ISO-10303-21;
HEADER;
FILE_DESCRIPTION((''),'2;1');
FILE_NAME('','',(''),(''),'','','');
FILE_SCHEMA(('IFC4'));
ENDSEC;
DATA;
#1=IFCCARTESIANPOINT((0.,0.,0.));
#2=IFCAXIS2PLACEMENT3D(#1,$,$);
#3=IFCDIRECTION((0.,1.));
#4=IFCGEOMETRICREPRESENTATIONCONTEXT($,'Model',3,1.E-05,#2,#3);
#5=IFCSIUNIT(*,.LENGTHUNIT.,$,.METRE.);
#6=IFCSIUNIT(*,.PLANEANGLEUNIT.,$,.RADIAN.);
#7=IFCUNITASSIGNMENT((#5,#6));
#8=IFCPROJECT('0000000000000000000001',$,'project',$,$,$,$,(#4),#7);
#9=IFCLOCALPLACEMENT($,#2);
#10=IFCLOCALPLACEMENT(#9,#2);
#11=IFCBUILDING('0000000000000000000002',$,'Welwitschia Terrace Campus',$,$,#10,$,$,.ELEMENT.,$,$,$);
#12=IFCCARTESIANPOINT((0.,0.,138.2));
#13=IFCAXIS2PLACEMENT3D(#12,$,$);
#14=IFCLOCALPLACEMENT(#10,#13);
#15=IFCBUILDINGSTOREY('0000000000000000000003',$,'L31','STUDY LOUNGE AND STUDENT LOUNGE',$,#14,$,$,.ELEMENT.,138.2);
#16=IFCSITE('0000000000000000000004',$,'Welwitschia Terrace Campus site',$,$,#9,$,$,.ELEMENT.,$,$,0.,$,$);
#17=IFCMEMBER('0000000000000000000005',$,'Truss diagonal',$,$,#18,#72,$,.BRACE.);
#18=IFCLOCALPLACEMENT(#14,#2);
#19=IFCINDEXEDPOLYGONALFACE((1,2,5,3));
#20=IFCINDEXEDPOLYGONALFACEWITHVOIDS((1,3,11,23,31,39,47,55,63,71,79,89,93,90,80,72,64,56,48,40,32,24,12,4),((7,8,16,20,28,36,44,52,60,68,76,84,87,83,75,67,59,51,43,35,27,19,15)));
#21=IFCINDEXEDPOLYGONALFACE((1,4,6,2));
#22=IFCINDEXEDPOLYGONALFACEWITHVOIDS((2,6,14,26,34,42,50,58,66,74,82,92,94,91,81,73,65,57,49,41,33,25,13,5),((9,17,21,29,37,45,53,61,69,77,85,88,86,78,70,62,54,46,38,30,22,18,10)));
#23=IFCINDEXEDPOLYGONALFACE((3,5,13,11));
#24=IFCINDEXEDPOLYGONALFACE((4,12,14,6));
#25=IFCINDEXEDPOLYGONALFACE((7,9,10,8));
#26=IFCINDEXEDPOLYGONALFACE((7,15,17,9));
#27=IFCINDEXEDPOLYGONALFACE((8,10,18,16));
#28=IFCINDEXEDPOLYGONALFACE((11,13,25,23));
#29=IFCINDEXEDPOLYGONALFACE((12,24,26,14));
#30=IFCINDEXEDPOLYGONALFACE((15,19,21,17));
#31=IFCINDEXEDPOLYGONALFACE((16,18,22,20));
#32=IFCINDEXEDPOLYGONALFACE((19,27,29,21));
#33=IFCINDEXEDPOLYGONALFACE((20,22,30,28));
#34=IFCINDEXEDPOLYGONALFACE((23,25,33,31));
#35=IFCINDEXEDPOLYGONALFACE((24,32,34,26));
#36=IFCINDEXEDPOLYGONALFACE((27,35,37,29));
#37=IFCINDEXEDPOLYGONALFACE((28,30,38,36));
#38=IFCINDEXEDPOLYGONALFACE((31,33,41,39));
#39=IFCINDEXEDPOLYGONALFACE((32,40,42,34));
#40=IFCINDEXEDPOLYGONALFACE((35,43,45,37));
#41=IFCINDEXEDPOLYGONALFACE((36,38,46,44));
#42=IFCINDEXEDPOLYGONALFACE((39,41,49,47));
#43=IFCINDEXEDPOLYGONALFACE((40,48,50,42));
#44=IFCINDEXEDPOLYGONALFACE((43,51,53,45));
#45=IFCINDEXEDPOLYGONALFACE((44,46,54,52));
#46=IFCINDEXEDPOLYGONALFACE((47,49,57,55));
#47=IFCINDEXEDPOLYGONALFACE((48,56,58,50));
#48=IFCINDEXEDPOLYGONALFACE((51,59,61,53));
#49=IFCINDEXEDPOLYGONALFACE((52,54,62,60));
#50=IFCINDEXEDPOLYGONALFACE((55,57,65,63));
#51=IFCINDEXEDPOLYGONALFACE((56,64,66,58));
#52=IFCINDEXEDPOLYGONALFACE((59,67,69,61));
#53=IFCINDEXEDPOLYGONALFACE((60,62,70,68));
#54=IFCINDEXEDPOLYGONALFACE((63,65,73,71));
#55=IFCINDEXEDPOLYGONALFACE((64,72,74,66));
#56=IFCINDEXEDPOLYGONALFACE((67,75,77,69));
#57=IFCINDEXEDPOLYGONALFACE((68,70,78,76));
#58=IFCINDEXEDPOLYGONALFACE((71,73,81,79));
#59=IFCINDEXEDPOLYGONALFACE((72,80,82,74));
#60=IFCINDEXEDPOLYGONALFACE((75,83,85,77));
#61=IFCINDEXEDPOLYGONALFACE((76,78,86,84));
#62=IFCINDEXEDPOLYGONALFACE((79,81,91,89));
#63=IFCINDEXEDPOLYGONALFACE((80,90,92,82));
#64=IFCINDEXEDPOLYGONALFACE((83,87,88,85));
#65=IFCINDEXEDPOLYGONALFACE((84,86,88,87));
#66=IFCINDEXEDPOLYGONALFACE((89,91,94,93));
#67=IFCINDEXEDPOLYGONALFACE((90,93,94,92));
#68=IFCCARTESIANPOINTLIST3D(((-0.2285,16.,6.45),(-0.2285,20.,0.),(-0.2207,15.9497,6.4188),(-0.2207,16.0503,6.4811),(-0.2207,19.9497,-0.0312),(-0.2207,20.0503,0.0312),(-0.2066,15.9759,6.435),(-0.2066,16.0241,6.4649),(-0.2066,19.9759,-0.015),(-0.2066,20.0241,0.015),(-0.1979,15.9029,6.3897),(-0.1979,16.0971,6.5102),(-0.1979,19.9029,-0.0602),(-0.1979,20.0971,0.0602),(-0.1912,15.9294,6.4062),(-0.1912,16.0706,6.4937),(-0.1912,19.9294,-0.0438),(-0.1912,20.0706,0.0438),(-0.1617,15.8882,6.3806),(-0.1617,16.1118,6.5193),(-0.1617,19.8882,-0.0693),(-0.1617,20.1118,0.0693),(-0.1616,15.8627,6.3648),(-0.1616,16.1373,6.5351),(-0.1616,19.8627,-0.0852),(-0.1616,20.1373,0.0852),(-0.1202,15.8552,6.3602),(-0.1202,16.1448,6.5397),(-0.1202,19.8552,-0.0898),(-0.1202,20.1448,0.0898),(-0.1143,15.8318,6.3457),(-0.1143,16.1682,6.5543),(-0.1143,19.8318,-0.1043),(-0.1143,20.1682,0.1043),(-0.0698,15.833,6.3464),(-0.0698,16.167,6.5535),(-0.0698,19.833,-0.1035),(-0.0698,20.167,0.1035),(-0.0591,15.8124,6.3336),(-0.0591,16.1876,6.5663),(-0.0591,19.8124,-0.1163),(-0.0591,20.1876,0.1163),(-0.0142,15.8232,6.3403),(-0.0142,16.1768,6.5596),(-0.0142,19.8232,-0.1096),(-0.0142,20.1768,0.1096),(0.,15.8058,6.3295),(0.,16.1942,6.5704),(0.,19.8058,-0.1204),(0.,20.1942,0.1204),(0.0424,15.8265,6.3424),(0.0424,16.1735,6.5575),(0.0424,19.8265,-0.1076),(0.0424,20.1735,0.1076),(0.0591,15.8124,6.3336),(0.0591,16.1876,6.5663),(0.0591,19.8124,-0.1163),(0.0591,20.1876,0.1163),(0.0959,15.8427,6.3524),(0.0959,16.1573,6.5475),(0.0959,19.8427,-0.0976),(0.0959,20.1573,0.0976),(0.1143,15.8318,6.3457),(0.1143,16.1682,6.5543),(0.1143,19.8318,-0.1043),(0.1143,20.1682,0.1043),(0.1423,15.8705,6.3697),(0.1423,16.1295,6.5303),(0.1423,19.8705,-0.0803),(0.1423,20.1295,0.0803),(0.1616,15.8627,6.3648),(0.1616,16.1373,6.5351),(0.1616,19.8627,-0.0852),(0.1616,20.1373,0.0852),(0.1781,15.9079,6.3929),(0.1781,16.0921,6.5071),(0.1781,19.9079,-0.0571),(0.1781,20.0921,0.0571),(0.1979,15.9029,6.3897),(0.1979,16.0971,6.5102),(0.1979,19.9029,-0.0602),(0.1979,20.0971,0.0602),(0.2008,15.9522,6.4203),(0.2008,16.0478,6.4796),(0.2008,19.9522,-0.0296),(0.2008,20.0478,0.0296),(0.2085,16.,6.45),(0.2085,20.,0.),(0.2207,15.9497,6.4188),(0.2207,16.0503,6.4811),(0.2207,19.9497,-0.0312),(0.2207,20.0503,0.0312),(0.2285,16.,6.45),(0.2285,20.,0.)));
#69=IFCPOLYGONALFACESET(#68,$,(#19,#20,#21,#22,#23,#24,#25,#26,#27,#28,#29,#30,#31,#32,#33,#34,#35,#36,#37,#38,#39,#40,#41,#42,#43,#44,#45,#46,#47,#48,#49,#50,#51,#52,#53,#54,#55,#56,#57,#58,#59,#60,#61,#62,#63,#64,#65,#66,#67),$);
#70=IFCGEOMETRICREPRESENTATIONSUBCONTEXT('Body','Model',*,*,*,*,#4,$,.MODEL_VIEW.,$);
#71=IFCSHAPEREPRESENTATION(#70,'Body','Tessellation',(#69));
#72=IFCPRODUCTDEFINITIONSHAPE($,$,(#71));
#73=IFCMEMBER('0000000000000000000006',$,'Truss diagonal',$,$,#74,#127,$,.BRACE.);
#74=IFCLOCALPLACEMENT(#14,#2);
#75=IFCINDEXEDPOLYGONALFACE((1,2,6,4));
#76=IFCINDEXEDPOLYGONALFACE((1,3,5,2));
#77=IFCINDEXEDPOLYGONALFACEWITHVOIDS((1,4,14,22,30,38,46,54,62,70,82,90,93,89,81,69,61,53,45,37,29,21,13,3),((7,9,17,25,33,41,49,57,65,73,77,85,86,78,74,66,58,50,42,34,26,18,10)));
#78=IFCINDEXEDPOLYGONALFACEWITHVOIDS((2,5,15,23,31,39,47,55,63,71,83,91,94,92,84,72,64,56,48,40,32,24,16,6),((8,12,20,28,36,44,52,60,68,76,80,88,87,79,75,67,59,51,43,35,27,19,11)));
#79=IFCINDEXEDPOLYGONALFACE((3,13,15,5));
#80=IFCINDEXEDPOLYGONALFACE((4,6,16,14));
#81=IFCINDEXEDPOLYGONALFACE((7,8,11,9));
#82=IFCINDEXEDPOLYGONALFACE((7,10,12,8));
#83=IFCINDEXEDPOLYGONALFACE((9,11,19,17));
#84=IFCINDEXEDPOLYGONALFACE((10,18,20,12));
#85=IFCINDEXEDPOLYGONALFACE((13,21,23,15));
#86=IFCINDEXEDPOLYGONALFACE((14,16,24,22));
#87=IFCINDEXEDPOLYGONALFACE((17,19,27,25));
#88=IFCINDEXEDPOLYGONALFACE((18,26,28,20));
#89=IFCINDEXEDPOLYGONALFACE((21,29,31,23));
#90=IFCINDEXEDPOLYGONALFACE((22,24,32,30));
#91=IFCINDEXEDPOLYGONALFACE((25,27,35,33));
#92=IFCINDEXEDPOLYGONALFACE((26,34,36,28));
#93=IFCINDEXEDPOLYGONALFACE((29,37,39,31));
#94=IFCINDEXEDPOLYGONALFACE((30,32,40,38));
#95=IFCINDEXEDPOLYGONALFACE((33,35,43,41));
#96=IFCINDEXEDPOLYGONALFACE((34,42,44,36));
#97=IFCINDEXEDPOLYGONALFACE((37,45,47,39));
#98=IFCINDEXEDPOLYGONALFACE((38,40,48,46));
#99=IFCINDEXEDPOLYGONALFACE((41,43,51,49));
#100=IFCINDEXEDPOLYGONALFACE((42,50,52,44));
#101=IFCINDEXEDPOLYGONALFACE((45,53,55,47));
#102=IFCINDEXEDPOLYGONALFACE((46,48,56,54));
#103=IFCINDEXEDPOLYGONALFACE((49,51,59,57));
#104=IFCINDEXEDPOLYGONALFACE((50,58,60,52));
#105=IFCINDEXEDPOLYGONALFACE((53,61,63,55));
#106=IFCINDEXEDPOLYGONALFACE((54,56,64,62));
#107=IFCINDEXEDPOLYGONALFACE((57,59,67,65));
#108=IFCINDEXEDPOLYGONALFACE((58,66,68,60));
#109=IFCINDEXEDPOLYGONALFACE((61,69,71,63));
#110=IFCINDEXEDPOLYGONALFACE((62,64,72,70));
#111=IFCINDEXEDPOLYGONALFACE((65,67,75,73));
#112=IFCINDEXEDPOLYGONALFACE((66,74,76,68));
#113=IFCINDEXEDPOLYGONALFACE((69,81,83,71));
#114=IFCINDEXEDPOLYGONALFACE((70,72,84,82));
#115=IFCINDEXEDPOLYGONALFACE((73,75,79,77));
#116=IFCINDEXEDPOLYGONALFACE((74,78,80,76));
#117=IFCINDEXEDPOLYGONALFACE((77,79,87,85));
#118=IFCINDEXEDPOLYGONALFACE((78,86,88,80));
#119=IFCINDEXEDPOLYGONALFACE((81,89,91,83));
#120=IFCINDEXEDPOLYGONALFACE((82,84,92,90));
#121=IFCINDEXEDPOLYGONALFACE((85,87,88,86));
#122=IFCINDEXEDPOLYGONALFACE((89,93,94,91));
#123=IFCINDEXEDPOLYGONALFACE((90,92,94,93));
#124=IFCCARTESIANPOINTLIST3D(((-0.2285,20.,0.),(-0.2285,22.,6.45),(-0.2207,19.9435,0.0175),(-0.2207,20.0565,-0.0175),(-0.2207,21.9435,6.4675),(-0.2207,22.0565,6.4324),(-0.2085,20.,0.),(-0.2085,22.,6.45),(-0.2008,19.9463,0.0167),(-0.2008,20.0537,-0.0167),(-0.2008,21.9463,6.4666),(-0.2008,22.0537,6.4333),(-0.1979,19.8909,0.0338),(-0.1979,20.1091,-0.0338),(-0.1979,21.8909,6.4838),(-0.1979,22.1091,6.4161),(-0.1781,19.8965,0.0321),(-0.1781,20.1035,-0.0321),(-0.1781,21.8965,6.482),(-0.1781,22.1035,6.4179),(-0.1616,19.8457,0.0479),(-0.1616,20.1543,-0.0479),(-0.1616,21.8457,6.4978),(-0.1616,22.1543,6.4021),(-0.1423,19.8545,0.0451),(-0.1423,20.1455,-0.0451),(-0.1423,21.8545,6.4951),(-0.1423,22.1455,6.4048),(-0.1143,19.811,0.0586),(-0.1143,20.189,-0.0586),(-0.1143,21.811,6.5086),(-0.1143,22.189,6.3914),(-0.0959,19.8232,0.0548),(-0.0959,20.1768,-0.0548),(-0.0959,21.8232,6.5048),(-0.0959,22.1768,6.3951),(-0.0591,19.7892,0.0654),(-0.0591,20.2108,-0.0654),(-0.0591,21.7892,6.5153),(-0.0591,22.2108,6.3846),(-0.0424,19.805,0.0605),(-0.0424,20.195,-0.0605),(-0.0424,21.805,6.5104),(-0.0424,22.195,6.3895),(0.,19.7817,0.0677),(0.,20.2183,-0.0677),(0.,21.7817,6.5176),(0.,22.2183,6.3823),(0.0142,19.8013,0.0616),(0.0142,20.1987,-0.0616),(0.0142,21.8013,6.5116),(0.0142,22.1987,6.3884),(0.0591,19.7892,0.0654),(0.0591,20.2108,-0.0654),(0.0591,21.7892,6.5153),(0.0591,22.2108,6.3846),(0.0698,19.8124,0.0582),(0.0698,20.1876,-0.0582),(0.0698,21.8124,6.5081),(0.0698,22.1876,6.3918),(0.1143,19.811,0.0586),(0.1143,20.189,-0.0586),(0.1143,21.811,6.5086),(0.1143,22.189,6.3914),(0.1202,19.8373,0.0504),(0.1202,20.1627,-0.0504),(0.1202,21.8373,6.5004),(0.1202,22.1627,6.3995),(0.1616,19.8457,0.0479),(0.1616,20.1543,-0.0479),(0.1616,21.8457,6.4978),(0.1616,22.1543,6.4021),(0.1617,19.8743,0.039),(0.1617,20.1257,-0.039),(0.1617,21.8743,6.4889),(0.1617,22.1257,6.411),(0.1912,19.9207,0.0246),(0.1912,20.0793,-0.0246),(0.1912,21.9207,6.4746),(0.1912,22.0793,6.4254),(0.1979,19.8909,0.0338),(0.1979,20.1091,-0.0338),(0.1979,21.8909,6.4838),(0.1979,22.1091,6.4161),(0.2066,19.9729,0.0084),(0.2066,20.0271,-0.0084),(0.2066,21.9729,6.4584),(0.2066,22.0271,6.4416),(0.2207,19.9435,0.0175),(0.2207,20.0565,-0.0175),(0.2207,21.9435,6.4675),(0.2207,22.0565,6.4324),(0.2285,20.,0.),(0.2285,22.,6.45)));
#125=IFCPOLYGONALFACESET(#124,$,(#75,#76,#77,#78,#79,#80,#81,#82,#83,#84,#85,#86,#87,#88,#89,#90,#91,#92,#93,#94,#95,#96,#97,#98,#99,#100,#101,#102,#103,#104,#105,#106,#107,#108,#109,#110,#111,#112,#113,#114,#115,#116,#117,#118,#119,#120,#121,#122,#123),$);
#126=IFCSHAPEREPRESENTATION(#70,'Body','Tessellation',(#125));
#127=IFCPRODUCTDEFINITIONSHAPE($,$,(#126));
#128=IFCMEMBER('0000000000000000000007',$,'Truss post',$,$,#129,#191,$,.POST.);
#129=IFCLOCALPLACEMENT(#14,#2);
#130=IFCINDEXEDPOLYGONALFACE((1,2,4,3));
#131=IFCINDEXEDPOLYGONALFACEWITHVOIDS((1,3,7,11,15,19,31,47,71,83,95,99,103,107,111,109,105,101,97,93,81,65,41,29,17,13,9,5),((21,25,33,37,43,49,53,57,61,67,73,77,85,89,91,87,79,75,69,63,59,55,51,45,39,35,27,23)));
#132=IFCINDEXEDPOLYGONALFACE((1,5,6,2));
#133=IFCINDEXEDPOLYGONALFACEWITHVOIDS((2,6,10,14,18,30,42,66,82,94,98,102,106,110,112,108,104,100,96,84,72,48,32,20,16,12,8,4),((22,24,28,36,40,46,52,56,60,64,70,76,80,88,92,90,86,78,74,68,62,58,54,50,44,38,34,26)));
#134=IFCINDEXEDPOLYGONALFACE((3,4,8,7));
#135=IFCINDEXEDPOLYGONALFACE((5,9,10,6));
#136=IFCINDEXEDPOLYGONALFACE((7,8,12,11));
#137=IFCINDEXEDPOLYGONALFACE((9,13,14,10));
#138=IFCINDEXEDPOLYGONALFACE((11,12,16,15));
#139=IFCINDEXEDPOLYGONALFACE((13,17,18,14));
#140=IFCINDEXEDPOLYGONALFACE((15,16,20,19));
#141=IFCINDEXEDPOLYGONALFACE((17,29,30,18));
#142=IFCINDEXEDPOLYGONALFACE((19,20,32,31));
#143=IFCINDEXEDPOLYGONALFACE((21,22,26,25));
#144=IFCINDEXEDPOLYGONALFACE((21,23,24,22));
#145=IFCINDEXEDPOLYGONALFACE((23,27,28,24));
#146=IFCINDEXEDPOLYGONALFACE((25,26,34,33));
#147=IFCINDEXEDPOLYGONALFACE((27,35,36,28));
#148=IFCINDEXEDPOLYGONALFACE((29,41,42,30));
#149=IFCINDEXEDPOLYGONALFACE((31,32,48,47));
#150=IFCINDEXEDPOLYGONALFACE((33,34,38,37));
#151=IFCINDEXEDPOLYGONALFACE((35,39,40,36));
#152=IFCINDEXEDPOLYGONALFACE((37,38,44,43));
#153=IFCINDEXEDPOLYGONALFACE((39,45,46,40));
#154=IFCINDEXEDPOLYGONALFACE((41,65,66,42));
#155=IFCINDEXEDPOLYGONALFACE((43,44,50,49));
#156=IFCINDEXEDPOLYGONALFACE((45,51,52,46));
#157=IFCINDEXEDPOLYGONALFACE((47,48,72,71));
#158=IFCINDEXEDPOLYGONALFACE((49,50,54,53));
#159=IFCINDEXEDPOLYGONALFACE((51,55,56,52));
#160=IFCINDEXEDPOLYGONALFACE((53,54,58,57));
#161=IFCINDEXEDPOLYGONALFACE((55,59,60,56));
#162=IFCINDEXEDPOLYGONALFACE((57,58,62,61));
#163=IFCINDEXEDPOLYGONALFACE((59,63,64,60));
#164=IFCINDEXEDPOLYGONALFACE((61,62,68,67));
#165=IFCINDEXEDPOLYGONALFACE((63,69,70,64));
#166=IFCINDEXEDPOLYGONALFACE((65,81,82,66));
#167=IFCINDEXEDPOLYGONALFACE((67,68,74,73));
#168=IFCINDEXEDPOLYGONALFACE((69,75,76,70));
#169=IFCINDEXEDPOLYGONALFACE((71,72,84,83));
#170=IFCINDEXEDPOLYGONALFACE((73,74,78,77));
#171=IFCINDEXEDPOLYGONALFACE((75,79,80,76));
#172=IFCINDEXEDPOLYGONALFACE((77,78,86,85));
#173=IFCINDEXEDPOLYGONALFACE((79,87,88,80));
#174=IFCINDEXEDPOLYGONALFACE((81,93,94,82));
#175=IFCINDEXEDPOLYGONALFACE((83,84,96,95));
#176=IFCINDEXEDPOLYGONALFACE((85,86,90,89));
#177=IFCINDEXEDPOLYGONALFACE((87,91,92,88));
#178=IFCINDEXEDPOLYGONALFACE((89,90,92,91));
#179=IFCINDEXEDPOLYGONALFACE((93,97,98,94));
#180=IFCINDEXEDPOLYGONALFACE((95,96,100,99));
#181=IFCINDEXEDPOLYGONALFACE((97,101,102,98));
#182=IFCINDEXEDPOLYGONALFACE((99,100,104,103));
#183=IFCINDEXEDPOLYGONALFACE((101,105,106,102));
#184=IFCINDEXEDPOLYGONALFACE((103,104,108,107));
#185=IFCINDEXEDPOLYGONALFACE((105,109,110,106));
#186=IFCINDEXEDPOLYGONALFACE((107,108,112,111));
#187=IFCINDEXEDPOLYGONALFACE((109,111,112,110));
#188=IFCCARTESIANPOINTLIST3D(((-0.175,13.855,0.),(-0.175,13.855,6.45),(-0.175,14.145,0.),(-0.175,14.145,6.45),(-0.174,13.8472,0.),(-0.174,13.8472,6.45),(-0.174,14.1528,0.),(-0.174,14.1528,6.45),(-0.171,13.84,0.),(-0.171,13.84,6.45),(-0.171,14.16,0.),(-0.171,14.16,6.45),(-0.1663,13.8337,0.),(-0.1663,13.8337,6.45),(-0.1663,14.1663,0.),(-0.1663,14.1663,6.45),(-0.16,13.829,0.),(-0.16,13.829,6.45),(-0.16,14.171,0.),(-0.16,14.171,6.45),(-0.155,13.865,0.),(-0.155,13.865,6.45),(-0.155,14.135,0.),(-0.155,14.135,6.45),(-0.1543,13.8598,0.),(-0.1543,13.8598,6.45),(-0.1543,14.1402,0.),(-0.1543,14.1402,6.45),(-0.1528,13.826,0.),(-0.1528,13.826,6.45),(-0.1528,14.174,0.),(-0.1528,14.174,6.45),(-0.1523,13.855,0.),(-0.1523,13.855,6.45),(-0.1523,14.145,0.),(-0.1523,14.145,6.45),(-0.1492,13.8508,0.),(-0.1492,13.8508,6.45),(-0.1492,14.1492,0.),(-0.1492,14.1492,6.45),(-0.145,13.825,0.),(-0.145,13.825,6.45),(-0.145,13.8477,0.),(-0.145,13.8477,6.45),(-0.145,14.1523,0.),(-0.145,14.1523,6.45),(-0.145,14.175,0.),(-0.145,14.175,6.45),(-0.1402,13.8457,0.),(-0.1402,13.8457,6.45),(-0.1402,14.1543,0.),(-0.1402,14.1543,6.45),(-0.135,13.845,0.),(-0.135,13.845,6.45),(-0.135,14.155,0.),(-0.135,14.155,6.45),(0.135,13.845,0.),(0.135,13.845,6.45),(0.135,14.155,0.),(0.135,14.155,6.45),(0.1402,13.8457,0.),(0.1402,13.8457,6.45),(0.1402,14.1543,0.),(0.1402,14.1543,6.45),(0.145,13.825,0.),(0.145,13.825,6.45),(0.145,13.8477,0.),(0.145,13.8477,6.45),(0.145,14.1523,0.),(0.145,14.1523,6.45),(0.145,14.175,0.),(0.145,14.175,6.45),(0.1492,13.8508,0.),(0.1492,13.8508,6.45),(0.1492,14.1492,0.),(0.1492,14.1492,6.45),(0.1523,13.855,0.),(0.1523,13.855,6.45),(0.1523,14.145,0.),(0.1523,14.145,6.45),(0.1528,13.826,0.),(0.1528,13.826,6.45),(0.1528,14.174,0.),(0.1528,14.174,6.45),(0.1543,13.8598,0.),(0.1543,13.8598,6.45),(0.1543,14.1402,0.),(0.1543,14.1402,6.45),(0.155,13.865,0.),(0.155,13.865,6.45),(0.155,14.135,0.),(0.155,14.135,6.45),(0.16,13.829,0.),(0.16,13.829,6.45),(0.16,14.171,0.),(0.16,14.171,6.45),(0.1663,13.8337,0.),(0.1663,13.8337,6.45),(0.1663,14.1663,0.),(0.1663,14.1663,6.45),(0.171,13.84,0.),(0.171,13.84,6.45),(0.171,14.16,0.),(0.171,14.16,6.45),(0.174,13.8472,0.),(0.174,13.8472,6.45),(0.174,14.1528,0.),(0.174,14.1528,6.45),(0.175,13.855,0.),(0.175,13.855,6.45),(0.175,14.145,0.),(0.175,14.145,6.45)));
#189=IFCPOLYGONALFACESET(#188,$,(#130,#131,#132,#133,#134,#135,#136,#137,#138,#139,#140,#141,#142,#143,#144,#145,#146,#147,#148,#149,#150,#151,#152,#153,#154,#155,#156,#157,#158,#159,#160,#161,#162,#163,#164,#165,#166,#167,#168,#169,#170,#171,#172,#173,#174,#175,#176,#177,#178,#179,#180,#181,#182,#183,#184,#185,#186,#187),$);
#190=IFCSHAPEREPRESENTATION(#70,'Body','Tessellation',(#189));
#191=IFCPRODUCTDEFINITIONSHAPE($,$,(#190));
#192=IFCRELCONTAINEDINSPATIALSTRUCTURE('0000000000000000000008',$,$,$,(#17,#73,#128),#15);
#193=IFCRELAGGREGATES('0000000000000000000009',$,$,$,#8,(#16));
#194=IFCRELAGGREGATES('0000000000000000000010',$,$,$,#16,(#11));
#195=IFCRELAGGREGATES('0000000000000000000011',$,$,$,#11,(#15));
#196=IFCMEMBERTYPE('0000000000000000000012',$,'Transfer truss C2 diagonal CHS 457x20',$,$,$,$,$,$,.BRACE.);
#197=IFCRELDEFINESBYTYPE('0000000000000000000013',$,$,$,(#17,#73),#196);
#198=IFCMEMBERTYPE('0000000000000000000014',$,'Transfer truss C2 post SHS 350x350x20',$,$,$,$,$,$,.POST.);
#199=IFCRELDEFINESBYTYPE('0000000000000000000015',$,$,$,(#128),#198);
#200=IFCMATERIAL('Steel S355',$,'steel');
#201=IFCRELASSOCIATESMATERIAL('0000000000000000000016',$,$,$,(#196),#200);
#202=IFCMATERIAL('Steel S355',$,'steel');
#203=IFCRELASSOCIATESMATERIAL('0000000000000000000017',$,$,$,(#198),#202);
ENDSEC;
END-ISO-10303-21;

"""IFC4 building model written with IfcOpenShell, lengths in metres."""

from ifc_helpers import new_model, si_unit, direction, frame, origin, origin_2d, place, context, subcontext, project, spatial, hollow_rectangle, hollow_circle, extrude, material, material_profile, profile_set, type_object, element, save


model = new_model("IFC4")

# Units and contexts
model_context = context("Model", 3, precision=1e-05, world=origin(), true_north=direction((0.0, 1.0)))
body_context = subcontext(model_context, "Body", "Model", "MODEL_VIEW")
ifc_project = project(units=[si_unit("LENGTHUNIT", "METRE"), si_unit("PLANEANGLEUNIT", "RADIAN")], contexts=[model_context])

# Site, building, storey
site_placement = place(None, origin())
site = spatial("IfcSite", under=ifc_project, at=site_placement, Name="Welwitschia Terrace Campus site", CompositionType="ELEMENT", RefElevation=0.0)
building_placement = place(site_placement, origin())
building = spatial("IfcBuilding", under=site, at=building_placement, Name="Welwitschia Terrace Campus", CompositionType="ELEMENT")
storey_placement = place(building_placement, frame((0.0, 0.0, 138.2)))
storey = spatial("IfcBuildingStorey", under=building, at=storey_placement, Name="L31", Description="STUDY LOUNGE AND STUDENT LOUNGE", CompositionType="ELEMENT", Elevation=138.2)

# Members
ifc_material_1 = material(Name="Steel S355", Category="steel")
ifc_material_profile_1 = material_profile(ifc_material_1, hollow_circle(Radius=0.2285, WallThickness=0.02, at=origin_2d()))
ifc_profile_set_1 = profile_set([ifc_material_profile_1], Name="Steel S355")
member_type_1 = type_object("IfcMemberType", Name="Transfer truss C2 diagonal CHS 457x20", PredefinedType="BRACE", material=ifc_profile_set_1)
member_1_placement = place(storey_placement, frame((0.0, 20.0, 0.0), z_axis=(0.0, -0.527038, 0.849842), x_axis=(1.0, 0.0, 0.0)))
element("IfcMember", 1, at=member_1_placement, inside=storey, type_object=member_type_1, Name="Truss diagonal", PredefinedType="BRACE", context=body_context, shape_type="SweptSolid", body=[
    extrude(hollow_circle(Radius=0.2285, WallThickness=0.02, at=origin_2d()), origin(), (0.0, 0.0, 1.0), 7.5896),
])
member_2_placement = place(storey_placement, frame((0.0, 20.0, 0.0), z_axis=(0.0, 0.296168, 0.955136), x_axis=(-1.0, 0.0, 0.0)))
element("IfcMember", 2, at=member_2_placement, inside=storey, type_object=member_type_1, Name="Truss diagonal", PredefinedType="BRACE", context=body_context, shape_type="SweptSolid", body=[
    extrude(hollow_circle(Radius=0.2285, WallThickness=0.02, at=origin_2d()), origin(), (0.0, 0.0, 1.0), 6.7529),
])
ifc_material_2 = material(Name="Steel S355", Category="steel")
ifc_material_profile_2 = material_profile(ifc_material_2, hollow_rectangle(XDim=0.3501, YDim=0.3501, WallThickness=0.02, InnerFilletRadius=0.02, OuterFilletRadius=0.03, at=origin_2d()))
ifc_profile_set_2 = profile_set([ifc_material_profile_2], Name="Steel S355")
member_type_2 = type_object("IfcMemberType", Name="Transfer truss C2 post SHS 350x350x20", PredefinedType="POST", material=ifc_profile_set_2)
for number, where, z_axis, x_axis, name in (
    (3, (0.0, 14.0, 0.0), (0.0, 0.0, 1.0), (1.0, 0.0, 0.0), "Truss post"),
):
    element("IfcMember", number, at=place(storey_placement, frame(where, z_axis=z_axis, x_axis=x_axis)), inside=storey, type_object=member_type_2, Name=name, PredefinedType="POST", context=body_context, shape_type="SweptSolid", body=[
        extrude(hollow_rectangle(XDim=0.3501, YDim=0.3501, WallThickness=0.02, InnerFilletRadius=0.02, OuterFilletRadius=0.03, at=origin_2d()), origin(), (0.0, 0.0, 1.0), 6.45),
    ])

save(model, "model.ifc")
